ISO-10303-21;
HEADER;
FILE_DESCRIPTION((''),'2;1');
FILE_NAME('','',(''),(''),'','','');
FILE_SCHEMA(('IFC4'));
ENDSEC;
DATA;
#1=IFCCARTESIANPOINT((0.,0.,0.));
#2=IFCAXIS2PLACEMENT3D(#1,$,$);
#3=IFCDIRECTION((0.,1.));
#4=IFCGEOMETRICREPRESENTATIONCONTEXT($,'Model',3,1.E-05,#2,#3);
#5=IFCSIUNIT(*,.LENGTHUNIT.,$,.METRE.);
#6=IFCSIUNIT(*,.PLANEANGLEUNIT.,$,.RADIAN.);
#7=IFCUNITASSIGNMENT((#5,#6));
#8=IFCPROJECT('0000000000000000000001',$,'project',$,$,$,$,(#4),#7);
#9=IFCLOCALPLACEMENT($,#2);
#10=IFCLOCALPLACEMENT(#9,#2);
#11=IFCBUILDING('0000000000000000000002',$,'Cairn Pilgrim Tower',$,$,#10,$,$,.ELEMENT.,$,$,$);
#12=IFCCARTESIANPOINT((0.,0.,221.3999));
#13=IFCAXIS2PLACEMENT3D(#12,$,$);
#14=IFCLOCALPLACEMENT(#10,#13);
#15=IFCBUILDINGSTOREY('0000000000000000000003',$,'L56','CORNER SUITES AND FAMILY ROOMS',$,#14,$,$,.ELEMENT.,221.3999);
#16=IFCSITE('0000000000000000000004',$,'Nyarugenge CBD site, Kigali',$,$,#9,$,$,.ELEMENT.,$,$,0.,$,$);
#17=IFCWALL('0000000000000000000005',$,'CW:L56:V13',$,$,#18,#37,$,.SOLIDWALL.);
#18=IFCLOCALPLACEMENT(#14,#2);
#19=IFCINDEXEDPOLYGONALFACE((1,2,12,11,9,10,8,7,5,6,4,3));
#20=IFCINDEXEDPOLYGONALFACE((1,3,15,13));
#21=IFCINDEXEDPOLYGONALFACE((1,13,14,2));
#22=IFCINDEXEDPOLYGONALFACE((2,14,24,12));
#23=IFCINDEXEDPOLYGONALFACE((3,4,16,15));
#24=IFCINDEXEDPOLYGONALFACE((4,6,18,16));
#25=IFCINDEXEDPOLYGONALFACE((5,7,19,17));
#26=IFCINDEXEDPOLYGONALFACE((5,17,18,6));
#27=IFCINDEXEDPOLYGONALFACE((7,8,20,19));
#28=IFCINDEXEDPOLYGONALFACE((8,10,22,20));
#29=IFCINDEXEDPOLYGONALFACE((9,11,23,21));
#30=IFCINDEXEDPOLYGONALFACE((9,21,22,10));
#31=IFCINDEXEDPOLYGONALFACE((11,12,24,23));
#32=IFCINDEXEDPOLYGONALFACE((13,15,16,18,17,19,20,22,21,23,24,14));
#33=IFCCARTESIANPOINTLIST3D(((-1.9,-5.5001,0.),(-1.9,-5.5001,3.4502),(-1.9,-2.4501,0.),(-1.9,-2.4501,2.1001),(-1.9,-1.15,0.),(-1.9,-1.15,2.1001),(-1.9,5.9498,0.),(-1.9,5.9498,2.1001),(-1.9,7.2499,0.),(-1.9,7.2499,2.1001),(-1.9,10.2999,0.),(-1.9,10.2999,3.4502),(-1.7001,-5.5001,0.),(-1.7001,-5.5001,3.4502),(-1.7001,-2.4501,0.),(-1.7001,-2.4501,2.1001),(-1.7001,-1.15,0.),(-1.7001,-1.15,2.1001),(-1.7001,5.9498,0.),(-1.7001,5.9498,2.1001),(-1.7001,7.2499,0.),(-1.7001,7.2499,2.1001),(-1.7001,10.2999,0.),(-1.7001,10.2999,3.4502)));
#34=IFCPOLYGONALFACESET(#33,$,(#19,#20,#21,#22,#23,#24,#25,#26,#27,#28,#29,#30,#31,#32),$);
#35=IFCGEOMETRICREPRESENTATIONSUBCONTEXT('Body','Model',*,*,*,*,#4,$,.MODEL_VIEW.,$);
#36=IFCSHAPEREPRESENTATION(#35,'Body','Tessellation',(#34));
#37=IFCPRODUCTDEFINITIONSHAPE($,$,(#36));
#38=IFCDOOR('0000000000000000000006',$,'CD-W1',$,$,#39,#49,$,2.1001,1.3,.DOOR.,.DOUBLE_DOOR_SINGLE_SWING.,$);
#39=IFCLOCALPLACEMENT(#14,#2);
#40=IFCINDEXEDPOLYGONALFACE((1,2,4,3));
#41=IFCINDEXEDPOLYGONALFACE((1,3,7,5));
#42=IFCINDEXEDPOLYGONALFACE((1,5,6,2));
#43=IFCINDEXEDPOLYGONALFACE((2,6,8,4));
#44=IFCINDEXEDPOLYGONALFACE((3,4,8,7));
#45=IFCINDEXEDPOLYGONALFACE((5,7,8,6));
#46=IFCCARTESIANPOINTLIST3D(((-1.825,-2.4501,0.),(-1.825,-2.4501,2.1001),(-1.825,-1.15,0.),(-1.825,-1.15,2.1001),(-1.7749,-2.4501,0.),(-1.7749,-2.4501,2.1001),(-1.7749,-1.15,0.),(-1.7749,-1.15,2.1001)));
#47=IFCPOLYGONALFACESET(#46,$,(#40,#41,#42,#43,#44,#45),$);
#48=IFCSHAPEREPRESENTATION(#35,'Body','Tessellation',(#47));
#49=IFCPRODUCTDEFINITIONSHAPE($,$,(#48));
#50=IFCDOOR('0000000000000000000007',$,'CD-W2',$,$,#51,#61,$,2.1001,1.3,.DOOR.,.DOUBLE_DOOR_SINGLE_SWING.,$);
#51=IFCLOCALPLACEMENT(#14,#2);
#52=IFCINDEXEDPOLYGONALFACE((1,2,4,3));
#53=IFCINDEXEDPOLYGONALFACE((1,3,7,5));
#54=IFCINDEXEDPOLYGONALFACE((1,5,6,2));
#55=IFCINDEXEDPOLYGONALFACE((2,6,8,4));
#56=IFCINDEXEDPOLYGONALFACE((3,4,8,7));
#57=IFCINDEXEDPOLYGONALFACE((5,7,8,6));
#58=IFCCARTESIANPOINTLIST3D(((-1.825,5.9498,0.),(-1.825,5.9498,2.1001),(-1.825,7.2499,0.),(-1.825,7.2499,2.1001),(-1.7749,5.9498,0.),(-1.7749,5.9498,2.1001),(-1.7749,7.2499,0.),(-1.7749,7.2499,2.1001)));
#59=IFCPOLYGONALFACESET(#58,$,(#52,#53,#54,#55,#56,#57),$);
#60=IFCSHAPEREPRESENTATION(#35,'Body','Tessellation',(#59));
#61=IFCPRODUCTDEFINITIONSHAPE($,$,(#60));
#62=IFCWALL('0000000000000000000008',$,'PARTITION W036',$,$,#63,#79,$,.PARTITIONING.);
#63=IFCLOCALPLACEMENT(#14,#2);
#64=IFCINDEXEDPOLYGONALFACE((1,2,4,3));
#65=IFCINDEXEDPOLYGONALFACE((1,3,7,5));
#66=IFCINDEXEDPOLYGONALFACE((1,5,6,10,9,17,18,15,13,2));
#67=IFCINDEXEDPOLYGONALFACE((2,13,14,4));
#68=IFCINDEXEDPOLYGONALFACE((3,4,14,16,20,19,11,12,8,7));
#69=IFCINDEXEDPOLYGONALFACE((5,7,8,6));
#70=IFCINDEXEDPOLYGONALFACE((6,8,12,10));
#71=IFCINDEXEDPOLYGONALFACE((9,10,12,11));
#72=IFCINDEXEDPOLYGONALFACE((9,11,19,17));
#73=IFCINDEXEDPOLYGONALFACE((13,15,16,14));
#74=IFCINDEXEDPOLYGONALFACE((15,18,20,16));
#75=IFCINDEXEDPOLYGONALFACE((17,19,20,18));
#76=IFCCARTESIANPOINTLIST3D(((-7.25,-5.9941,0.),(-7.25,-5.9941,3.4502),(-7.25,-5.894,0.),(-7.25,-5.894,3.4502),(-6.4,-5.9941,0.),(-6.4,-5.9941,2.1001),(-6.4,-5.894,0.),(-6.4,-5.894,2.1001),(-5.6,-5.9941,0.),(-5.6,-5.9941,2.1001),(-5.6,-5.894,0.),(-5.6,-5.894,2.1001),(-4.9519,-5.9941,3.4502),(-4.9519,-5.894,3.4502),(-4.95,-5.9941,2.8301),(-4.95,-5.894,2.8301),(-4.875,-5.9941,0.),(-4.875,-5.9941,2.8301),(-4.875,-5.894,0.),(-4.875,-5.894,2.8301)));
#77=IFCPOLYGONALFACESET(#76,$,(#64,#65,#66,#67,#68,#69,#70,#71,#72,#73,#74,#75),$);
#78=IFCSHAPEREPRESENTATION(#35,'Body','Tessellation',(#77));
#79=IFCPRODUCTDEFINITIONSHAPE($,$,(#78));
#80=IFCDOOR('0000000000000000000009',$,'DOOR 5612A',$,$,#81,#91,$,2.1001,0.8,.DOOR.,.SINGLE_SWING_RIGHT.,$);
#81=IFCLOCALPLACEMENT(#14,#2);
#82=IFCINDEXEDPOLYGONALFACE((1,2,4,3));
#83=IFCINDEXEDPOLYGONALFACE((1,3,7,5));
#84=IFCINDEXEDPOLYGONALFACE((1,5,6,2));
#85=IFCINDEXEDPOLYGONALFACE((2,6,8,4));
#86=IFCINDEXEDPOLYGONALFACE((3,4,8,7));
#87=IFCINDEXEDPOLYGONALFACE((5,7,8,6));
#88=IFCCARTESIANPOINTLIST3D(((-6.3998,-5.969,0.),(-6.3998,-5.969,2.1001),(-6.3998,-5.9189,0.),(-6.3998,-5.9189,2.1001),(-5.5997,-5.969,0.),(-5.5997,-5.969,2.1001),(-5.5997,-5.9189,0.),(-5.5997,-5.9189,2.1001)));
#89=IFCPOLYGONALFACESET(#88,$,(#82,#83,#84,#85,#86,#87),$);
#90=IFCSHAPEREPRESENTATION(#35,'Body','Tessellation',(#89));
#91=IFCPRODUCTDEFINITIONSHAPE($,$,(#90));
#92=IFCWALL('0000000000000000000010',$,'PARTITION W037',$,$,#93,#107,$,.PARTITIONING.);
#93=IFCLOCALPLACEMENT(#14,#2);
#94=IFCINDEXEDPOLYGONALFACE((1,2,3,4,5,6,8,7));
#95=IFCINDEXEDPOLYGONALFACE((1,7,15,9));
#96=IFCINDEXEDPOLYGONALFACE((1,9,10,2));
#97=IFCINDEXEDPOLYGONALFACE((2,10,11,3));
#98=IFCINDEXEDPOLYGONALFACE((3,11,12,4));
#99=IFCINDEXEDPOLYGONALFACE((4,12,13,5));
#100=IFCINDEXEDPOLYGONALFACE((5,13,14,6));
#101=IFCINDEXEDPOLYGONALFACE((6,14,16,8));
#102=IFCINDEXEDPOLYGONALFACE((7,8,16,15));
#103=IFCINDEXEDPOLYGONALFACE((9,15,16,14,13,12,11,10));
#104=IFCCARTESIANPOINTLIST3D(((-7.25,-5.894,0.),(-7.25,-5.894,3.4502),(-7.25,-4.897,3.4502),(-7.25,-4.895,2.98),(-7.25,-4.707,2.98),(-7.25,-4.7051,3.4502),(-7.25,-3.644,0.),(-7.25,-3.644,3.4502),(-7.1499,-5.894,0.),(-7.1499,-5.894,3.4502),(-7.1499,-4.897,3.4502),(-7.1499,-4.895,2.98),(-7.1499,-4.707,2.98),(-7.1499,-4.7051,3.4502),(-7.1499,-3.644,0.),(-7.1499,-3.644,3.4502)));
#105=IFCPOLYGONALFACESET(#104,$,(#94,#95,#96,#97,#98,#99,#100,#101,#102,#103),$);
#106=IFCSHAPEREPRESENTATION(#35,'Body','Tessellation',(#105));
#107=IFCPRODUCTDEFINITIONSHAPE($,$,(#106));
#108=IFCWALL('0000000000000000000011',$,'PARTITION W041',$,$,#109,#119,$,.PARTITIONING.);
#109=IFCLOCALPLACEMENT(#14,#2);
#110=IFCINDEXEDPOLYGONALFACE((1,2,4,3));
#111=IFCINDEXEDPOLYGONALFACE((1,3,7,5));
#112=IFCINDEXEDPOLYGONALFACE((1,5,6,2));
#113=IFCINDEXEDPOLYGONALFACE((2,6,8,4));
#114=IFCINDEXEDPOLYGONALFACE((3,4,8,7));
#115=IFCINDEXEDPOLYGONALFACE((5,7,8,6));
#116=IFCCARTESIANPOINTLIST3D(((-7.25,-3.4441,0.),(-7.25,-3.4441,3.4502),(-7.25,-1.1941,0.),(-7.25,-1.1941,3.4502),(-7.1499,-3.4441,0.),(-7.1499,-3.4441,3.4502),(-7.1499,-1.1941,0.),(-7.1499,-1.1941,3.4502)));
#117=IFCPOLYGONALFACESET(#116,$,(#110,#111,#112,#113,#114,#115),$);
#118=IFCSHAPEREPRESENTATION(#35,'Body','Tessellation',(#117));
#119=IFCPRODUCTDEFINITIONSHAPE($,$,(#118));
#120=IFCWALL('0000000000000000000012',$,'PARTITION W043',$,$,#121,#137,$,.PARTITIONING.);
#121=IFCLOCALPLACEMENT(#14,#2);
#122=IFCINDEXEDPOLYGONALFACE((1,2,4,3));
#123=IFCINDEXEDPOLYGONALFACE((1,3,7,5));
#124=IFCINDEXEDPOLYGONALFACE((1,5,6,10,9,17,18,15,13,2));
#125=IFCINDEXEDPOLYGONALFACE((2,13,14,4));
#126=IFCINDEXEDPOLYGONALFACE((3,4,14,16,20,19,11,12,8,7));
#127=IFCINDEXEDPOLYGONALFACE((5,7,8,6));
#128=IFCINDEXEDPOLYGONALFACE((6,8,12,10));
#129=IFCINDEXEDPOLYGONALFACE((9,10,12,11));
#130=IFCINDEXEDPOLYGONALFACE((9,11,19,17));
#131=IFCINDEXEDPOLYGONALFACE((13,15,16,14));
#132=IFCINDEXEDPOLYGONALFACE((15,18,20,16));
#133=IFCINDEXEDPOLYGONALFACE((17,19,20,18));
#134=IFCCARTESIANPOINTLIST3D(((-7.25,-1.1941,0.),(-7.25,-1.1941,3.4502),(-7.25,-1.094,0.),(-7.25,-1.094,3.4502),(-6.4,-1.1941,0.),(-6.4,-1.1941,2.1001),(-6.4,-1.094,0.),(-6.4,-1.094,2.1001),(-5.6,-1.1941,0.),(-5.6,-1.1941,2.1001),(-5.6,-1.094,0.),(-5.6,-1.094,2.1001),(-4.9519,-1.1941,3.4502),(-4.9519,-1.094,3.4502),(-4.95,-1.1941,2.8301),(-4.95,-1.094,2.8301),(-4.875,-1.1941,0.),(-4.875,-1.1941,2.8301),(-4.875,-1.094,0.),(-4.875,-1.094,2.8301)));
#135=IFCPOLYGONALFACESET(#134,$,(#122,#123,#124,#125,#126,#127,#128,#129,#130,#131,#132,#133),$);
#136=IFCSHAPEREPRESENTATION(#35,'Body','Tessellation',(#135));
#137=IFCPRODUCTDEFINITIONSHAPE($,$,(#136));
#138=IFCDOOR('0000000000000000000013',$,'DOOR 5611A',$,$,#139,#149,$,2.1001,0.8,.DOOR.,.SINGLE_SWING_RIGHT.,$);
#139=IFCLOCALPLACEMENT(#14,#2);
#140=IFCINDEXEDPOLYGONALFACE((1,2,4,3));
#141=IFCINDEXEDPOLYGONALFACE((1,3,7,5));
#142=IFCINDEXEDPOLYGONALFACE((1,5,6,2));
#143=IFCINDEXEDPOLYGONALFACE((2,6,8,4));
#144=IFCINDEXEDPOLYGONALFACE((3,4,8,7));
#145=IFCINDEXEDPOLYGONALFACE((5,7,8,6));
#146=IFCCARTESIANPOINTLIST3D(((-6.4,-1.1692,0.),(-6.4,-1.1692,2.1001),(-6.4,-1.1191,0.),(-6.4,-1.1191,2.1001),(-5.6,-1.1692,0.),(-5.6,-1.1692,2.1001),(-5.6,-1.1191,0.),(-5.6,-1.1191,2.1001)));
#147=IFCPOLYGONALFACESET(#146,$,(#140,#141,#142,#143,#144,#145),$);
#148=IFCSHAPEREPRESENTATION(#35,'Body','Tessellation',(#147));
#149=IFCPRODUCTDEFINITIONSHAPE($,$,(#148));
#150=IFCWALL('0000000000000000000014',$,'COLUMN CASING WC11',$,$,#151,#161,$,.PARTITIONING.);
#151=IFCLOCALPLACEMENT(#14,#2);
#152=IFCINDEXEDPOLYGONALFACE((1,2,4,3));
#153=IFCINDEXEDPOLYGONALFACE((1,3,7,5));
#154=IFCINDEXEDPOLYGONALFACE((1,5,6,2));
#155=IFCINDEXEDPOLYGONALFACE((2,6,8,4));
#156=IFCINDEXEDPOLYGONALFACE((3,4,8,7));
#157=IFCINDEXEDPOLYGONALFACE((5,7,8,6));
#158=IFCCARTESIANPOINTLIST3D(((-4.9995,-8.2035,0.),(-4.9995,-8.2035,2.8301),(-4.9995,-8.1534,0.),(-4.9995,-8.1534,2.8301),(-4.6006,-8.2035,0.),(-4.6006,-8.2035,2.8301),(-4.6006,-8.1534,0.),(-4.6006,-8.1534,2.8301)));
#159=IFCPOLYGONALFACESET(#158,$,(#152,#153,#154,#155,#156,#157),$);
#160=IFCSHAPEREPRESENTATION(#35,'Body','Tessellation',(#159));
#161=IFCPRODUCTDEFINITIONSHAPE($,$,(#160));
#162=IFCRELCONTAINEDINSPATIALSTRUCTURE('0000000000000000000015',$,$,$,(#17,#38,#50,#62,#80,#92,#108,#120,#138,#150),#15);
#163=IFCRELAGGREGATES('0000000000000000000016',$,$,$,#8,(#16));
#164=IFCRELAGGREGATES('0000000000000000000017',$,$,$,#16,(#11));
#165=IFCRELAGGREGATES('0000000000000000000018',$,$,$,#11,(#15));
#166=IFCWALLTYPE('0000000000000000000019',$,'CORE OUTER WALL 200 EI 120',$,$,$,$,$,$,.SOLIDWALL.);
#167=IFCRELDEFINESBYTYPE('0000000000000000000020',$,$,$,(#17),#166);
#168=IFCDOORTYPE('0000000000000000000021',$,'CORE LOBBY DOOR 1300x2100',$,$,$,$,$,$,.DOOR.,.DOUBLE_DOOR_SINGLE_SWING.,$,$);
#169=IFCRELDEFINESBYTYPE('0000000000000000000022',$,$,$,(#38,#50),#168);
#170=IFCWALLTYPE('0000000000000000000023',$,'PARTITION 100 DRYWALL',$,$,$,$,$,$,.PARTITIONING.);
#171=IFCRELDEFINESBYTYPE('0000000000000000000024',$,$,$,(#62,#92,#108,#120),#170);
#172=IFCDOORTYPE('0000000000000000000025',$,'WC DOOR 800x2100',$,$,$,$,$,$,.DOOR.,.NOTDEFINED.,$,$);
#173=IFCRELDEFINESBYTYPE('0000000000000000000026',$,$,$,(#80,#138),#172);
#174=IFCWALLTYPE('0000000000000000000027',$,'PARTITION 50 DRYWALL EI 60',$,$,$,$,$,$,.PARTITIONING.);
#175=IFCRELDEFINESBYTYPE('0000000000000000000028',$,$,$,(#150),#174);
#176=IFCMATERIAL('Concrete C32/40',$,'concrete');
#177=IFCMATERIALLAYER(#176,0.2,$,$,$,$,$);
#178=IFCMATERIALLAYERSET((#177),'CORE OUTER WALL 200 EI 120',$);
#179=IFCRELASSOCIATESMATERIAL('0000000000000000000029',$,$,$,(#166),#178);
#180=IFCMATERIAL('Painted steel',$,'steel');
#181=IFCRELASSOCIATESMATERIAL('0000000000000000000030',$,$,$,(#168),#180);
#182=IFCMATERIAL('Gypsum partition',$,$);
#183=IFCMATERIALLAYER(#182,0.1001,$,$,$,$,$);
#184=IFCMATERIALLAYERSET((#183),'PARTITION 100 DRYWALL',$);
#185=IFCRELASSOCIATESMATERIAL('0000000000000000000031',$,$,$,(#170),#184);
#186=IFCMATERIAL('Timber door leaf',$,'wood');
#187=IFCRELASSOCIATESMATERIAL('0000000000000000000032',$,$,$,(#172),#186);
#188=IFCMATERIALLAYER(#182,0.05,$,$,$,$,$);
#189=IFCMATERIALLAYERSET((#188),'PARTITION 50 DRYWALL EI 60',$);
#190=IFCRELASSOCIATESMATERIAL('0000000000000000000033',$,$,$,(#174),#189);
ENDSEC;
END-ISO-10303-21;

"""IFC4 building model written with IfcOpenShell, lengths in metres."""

from ifc_helpers import new_model, si_unit, direction, frame, frame_2d, origin, place, context, subcontext, project, spatial, polyline, rectangle, outline, extrude, material, layer, layer_set, type_object, element, fill, save


model = new_model("IFC4")

# Units and contexts
model_context = context("Model", 3, precision=1e-05, world=origin(), true_north=direction((0.0, 1.0)))
body_context = subcontext(model_context, "Body", "Model", "MODEL_VIEW")
ifc_project = project(units=[si_unit("LENGTHUNIT", "METRE"), si_unit("PLANEANGLEUNIT", "RADIAN")], contexts=[model_context])

# Site, building, storey
site_placement = place(None, origin())
site = spatial("IfcSite", under=ifc_project, at=site_placement, Name="Nyarugenge CBD site, Kigali", CompositionType="ELEMENT", RefElevation=0.0)
building_placement = place(site_placement, origin())
building = spatial("IfcBuilding", under=site, at=building_placement, Name="Cairn Pilgrim Tower", CompositionType="ELEMENT")
storey_placement = place(building_placement, frame((0.0, 0.0, 221.3999)))
storey = spatial("IfcBuildingStorey", under=building, at=storey_placement, Name="L56", Description="CORNER SUITES AND FAMILY ROOMS", CompositionType="ELEMENT", Elevation=221.3999)

# Wall, openings, doors
ifc_material_1 = material(Name="Concrete C32/40", Category="concrete")
ifc_layer_1 = layer(ifc_material_1, 0.2)
ifc_layer_set_1 = layer_set([ifc_layer_1], Name="CORE OUTER WALL 200 EI 120")
wall_type_1 = type_object("IfcWallType", Name="CORE OUTER WALL 200 EI 120", PredefinedType="SOLIDWALL", material=ifc_layer_set_1)
wall_1_placement = place(storey_placement, frame((-1.8, -5.5, 0.0), z_axis=(0.0, 0.0, 1.0), x_axis=(0.0, 1.0, 0.0)))
wall_1 = element("IfcWall", 1, at=wall_1_placement, inside=storey, type_object=wall_type_1, Name="CW:L56:V13", PredefinedType="SOLIDWALL", context=body_context, shape_type="SweptSolid", body=[
    extrude(rectangle(XDim=15.8, YDim=0.2, at=frame_2d((7.8999, 0.0))), origin(), (0.0, 0.0, 1.0), 3.4502),
])
opening_1_placement = place(wall_1_placement, frame((3.05, 0.0, 0.0)))
opening_1 = element("IfcOpeningElement", 2, at=opening_1_placement, cuts=wall_1, PredefinedType="OPENING", context=body_context, shape_type="SweptSolid", body=[
    extrude(rectangle(XDim=1.3, YDim=2.1001, at=frame_2d((0.6499, 1.05))), frame((0.0, 0.1099, 0.0), z_axis=(0.0, -1.0, 0.0), x_axis=(1.0, 0.0, 0.0)), (0.0, 0.0, 1.0), 0.22),
])
opening_2_placement = place(wall_1_placement, frame((11.45, 0.0, 0.0)))
opening_2 = element("IfcOpeningElement", 3, at=opening_2_placement, cuts=wall_1, PredefinedType="OPENING", context=body_context, shape_type="SweptSolid", body=[
    extrude(rectangle(XDim=1.3, YDim=2.1001, at=frame_2d((0.6499, 1.05))), frame((0.0, 0.1099, 0.0), z_axis=(0.0, -1.0, 0.0), x_axis=(1.0, 0.0, 0.0)), (0.0, 0.0, 1.0), 0.22),
])
ifc_material_2 = material(Name="Painted steel", Category="steel")
door_type_1 = type_object("IfcDoorType", Name="CORE LOBBY DOOR 1300x2100", OperationType="DOUBLE_DOOR_SINGLE_SWING", PredefinedType="DOOR", material=ifc_material_2)
door_1_placement = place(opening_1_placement, origin())
door_1 = element("IfcDoor", 4, at=door_1_placement, inside=storey, type_object=door_type_1, Name="CD-W1", OperationType="DOUBLE_DOOR_SINGLE_SWING", OverallHeight=2.1001, OverallWidth=1.3, PredefinedType="DOOR", context=body_context, shape_type="SweptSolid", body=[
    extrude(rectangle(XDim=1.3, YDim=2.1001, at=frame_2d((0.6499, 1.05))), frame((0.0, 0.0249, 0.0), z_axis=(0.0, -1.0, 0.0), x_axis=(1.0, 0.0, 0.0)), (0.0, 0.0, 1.0), 0.05),
])
fill(opening_1, door_1)
door_2_placement = place(opening_2_placement, origin())
door_2 = element("IfcDoor", 5, at=door_2_placement, inside=storey, type_object=door_type_1, Name="CD-W2", OperationType="DOUBLE_DOOR_SINGLE_SWING", OverallHeight=2.1001, OverallWidth=1.3, PredefinedType="DOOR", context=body_context, shape_type="SweptSolid", body=[
    extrude(rectangle(XDim=1.3, YDim=2.1001, at=frame_2d((0.6499, 1.05))), frame((0.0, 0.0249, 0.0), z_axis=(0.0, -1.0, 0.0), x_axis=(1.0, 0.0, 0.0)), (0.0, 0.0, 1.0), 0.05),
])
fill(opening_2, door_2)

# Wall, opening, door
ifc_material_3 = material(Name="Gypsum partition")
ifc_layer_2 = layer(ifc_material_3, 0.1001)
ifc_layer_set_2 = layer_set([ifc_layer_2], Name="PARTITION 100 DRYWALL")
wall_type_2 = type_object("IfcWallType", Name="PARTITION 100 DRYWALL", PredefinedType="PARTITIONING", material=ifc_layer_set_2)
wall_2_placement = place(storey_placement, frame((-7.25, -5.9441, 0.0), z_axis=(0.0, 0.0, 1.0), x_axis=(1.0, 0.0, 0.0)))
wall_2 = element("IfcWall", 6, at=wall_2_placement, inside=storey, type_object=wall_type_2, Name="PARTITION W036", PredefinedType="PARTITIONING", context=body_context, shape_type="SweptSolid", body=[
    extrude(outline(polyline([(0.0, 0.0), (2.375, 0.0), (2.375, 2.8301), (2.3, 2.8301), (2.2981, 3.4502), (0.0, 3.4502), (0.0, 0.0)])), frame((0.0, 0.05, 0.0), z_axis=(0.0, -1.0, 0.0), x_axis=(1.0, 0.0, 0.0)), (0.0, 0.0, 1.0), 0.1001),
])
opening_3_placement = place(wall_2_placement, frame((0.8501, 0.0, 0.0)))
opening_3 = element("IfcOpeningElement", 7, at=opening_3_placement, cuts=wall_2, PredefinedType="OPENING", context=body_context, shape_type="SweptSolid", body=[
    extrude(rectangle(XDim=0.8, YDim=2.1001, at=frame_2d((0.3999, 1.05))), frame((0.0, 0.0601, 0.0), z_axis=(0.0, -1.0, 0.0), x_axis=(1.0, 0.0, 0.0)), (0.0, 0.0, 1.0), 0.1201),
])
ifc_material_4 = material(Name="Timber door leaf", Category="wood")
door_type_2 = type_object("IfcDoorType", Name="WC DOOR 800x2100", OperationType="NOTDEFINED", PredefinedType="DOOR", material=ifc_material_4)
door_3_placement = place(opening_3_placement, frame((0.8, 0.0, 0.0), z_axis=(0.0, 0.0, 1.0), x_axis=(-1.0, 0.0, 0.0)))
door_3 = element("IfcDoor", 8, at=door_3_placement, inside=storey, type_object=door_type_2, Name="DOOR 5612A", OperationType="SINGLE_SWING_RIGHT", OverallHeight=2.1001, OverallWidth=0.8, PredefinedType="DOOR", context=body_context, shape_type="SweptSolid", body=[
    extrude(rectangle(XDim=0.8, YDim=2.1001, at=frame_2d((0.3999, 1.05))), frame((0.0, 0.0249, 0.0), z_axis=(0.0, -1.0, 0.0), x_axis=(1.0, 0.0, 0.0)), (0.0, 0.0, 1.0), 0.05),
])
fill(opening_3, door_3)

# Walls
wall_3_placement = place(storey_placement, frame((-7.2, -5.894, 0.0), z_axis=(0.0, 0.0, 1.0), x_axis=(0.0, 1.0, 0.0)))
element("IfcWall", 9, at=wall_3_placement, inside=storey, type_object=wall_type_2, Name="PARTITION W037", PredefinedType="PARTITIONING", context=body_context, shape_type="SweptSolid", body=[
    extrude(outline(polyline([(0.0, 0.0), (2.25, 0.0), (2.25, 3.4502), (1.189, 3.4502), (1.187, 2.98), (0.999, 2.98), (0.9971, 3.4502), (0.0, 3.4502), (0.0, 0.0)])), frame((0.0, 0.05, 0.0), z_axis=(0.0, -1.0, 0.0), x_axis=(1.0, 0.0, 0.0)), (0.0, 0.0, 1.0), 0.1001),
])
wall_4_placement = place(storey_placement, frame((-7.2, -3.4441, 0.0), z_axis=(0.0, 0.0, 1.0), x_axis=(0.0, 1.0, 0.0)))
element("IfcWall", 10, at=wall_4_placement, inside=storey, type_object=wall_type_2, Name="PARTITION W041", PredefinedType="PARTITIONING", context=body_context, shape_type="SweptSolid", body=[
    extrude(rectangle(XDim=2.25, YDim=0.1001, at=frame_2d((1.125, 0.0))), origin(), (0.0, 0.0, 1.0), 3.4502),
])

# Wall, opening, door
wall_5_placement = place(storey_placement, frame((-7.25, -1.144, 0.0), z_axis=(0.0, 0.0, 1.0), x_axis=(1.0, 0.0, 0.0)))
wall_5 = element("IfcWall", 11, at=wall_5_placement, inside=storey, type_object=wall_type_2, Name="PARTITION W043", PredefinedType="PARTITIONING", context=body_context, shape_type="SweptSolid", body=[
    extrude(outline(polyline([(0.0, 0.0), (2.375, 0.0), (2.375, 2.8301), (2.3, 2.8301), (2.2981, 3.4502), (0.0, 3.4502), (0.0, 0.0)])), frame((0.0, 0.05, 0.0), z_axis=(0.0, -1.0, 0.0), x_axis=(1.0, 0.0, 0.0)), (0.0, 0.0, 1.0), 0.1001),
])
opening_4_placement = place(wall_5_placement, frame((0.8501, 0.0, 0.0)))
opening_4 = element("IfcOpeningElement", 12, at=opening_4_placement, cuts=wall_5, PredefinedType="OPENING", context=body_context, shape_type="SweptSolid", body=[
    extrude(rectangle(XDim=0.8, YDim=2.1001, at=frame_2d((0.3999, 1.05))), frame((0.0, 0.0601, 0.0), z_axis=(0.0, -1.0, 0.0), x_axis=(1.0, 0.0, 0.0)), (0.0, 0.0, 1.0), 0.1201),
])
door_4_placement = place(opening_4_placement, origin())
door_4 = element("IfcDoor", 13, at=door_4_placement, inside=storey, type_object=door_type_2, Name="DOOR 5611A", OperationType="SINGLE_SWING_RIGHT", OverallHeight=2.1001, OverallWidth=0.8, PredefinedType="DOOR", context=body_context, shape_type="SweptSolid", body=[
    extrude(rectangle(XDim=0.8, YDim=2.1001, at=frame_2d((0.3999, 1.05))), frame((0.0, 0.0249, 0.0), z_axis=(0.0, -1.0, 0.0), x_axis=(1.0, 0.0, 0.0)), (0.0, 0.0, 1.0), 0.05),
])
fill(opening_4, door_4)

# Wall
ifc_layer_3 = layer(ifc_material_3, 0.05)
ifc_layer_set_3 = layer_set([ifc_layer_3], Name="PARTITION 50 DRYWALL EI 60")
wall_type_3 = type_object("IfcWallType", Name="PARTITION 50 DRYWALL EI 60", PredefinedType="PARTITIONING", material=ifc_layer_set_3)
wall_6_placement = place(storey_placement, frame((-4.9995, -8.1785, 0.0), z_axis=(0.0, 0.0, 1.0), x_axis=(1.0, 0.0, 0.0)))
element("IfcWall", 14, at=wall_6_placement, inside=storey, type_object=wall_type_3, Name="COLUMN CASING WC11", PredefinedType="PARTITIONING", context=body_context, shape_type="SweptSolid", body=[
    extrude(rectangle(XDim=0.3989, YDim=0.05, at=frame_2d((0.1995, 0.0))), origin(), (0.0, 0.0, 1.0), 2.8301),
])

save(model, "model.ifc")
